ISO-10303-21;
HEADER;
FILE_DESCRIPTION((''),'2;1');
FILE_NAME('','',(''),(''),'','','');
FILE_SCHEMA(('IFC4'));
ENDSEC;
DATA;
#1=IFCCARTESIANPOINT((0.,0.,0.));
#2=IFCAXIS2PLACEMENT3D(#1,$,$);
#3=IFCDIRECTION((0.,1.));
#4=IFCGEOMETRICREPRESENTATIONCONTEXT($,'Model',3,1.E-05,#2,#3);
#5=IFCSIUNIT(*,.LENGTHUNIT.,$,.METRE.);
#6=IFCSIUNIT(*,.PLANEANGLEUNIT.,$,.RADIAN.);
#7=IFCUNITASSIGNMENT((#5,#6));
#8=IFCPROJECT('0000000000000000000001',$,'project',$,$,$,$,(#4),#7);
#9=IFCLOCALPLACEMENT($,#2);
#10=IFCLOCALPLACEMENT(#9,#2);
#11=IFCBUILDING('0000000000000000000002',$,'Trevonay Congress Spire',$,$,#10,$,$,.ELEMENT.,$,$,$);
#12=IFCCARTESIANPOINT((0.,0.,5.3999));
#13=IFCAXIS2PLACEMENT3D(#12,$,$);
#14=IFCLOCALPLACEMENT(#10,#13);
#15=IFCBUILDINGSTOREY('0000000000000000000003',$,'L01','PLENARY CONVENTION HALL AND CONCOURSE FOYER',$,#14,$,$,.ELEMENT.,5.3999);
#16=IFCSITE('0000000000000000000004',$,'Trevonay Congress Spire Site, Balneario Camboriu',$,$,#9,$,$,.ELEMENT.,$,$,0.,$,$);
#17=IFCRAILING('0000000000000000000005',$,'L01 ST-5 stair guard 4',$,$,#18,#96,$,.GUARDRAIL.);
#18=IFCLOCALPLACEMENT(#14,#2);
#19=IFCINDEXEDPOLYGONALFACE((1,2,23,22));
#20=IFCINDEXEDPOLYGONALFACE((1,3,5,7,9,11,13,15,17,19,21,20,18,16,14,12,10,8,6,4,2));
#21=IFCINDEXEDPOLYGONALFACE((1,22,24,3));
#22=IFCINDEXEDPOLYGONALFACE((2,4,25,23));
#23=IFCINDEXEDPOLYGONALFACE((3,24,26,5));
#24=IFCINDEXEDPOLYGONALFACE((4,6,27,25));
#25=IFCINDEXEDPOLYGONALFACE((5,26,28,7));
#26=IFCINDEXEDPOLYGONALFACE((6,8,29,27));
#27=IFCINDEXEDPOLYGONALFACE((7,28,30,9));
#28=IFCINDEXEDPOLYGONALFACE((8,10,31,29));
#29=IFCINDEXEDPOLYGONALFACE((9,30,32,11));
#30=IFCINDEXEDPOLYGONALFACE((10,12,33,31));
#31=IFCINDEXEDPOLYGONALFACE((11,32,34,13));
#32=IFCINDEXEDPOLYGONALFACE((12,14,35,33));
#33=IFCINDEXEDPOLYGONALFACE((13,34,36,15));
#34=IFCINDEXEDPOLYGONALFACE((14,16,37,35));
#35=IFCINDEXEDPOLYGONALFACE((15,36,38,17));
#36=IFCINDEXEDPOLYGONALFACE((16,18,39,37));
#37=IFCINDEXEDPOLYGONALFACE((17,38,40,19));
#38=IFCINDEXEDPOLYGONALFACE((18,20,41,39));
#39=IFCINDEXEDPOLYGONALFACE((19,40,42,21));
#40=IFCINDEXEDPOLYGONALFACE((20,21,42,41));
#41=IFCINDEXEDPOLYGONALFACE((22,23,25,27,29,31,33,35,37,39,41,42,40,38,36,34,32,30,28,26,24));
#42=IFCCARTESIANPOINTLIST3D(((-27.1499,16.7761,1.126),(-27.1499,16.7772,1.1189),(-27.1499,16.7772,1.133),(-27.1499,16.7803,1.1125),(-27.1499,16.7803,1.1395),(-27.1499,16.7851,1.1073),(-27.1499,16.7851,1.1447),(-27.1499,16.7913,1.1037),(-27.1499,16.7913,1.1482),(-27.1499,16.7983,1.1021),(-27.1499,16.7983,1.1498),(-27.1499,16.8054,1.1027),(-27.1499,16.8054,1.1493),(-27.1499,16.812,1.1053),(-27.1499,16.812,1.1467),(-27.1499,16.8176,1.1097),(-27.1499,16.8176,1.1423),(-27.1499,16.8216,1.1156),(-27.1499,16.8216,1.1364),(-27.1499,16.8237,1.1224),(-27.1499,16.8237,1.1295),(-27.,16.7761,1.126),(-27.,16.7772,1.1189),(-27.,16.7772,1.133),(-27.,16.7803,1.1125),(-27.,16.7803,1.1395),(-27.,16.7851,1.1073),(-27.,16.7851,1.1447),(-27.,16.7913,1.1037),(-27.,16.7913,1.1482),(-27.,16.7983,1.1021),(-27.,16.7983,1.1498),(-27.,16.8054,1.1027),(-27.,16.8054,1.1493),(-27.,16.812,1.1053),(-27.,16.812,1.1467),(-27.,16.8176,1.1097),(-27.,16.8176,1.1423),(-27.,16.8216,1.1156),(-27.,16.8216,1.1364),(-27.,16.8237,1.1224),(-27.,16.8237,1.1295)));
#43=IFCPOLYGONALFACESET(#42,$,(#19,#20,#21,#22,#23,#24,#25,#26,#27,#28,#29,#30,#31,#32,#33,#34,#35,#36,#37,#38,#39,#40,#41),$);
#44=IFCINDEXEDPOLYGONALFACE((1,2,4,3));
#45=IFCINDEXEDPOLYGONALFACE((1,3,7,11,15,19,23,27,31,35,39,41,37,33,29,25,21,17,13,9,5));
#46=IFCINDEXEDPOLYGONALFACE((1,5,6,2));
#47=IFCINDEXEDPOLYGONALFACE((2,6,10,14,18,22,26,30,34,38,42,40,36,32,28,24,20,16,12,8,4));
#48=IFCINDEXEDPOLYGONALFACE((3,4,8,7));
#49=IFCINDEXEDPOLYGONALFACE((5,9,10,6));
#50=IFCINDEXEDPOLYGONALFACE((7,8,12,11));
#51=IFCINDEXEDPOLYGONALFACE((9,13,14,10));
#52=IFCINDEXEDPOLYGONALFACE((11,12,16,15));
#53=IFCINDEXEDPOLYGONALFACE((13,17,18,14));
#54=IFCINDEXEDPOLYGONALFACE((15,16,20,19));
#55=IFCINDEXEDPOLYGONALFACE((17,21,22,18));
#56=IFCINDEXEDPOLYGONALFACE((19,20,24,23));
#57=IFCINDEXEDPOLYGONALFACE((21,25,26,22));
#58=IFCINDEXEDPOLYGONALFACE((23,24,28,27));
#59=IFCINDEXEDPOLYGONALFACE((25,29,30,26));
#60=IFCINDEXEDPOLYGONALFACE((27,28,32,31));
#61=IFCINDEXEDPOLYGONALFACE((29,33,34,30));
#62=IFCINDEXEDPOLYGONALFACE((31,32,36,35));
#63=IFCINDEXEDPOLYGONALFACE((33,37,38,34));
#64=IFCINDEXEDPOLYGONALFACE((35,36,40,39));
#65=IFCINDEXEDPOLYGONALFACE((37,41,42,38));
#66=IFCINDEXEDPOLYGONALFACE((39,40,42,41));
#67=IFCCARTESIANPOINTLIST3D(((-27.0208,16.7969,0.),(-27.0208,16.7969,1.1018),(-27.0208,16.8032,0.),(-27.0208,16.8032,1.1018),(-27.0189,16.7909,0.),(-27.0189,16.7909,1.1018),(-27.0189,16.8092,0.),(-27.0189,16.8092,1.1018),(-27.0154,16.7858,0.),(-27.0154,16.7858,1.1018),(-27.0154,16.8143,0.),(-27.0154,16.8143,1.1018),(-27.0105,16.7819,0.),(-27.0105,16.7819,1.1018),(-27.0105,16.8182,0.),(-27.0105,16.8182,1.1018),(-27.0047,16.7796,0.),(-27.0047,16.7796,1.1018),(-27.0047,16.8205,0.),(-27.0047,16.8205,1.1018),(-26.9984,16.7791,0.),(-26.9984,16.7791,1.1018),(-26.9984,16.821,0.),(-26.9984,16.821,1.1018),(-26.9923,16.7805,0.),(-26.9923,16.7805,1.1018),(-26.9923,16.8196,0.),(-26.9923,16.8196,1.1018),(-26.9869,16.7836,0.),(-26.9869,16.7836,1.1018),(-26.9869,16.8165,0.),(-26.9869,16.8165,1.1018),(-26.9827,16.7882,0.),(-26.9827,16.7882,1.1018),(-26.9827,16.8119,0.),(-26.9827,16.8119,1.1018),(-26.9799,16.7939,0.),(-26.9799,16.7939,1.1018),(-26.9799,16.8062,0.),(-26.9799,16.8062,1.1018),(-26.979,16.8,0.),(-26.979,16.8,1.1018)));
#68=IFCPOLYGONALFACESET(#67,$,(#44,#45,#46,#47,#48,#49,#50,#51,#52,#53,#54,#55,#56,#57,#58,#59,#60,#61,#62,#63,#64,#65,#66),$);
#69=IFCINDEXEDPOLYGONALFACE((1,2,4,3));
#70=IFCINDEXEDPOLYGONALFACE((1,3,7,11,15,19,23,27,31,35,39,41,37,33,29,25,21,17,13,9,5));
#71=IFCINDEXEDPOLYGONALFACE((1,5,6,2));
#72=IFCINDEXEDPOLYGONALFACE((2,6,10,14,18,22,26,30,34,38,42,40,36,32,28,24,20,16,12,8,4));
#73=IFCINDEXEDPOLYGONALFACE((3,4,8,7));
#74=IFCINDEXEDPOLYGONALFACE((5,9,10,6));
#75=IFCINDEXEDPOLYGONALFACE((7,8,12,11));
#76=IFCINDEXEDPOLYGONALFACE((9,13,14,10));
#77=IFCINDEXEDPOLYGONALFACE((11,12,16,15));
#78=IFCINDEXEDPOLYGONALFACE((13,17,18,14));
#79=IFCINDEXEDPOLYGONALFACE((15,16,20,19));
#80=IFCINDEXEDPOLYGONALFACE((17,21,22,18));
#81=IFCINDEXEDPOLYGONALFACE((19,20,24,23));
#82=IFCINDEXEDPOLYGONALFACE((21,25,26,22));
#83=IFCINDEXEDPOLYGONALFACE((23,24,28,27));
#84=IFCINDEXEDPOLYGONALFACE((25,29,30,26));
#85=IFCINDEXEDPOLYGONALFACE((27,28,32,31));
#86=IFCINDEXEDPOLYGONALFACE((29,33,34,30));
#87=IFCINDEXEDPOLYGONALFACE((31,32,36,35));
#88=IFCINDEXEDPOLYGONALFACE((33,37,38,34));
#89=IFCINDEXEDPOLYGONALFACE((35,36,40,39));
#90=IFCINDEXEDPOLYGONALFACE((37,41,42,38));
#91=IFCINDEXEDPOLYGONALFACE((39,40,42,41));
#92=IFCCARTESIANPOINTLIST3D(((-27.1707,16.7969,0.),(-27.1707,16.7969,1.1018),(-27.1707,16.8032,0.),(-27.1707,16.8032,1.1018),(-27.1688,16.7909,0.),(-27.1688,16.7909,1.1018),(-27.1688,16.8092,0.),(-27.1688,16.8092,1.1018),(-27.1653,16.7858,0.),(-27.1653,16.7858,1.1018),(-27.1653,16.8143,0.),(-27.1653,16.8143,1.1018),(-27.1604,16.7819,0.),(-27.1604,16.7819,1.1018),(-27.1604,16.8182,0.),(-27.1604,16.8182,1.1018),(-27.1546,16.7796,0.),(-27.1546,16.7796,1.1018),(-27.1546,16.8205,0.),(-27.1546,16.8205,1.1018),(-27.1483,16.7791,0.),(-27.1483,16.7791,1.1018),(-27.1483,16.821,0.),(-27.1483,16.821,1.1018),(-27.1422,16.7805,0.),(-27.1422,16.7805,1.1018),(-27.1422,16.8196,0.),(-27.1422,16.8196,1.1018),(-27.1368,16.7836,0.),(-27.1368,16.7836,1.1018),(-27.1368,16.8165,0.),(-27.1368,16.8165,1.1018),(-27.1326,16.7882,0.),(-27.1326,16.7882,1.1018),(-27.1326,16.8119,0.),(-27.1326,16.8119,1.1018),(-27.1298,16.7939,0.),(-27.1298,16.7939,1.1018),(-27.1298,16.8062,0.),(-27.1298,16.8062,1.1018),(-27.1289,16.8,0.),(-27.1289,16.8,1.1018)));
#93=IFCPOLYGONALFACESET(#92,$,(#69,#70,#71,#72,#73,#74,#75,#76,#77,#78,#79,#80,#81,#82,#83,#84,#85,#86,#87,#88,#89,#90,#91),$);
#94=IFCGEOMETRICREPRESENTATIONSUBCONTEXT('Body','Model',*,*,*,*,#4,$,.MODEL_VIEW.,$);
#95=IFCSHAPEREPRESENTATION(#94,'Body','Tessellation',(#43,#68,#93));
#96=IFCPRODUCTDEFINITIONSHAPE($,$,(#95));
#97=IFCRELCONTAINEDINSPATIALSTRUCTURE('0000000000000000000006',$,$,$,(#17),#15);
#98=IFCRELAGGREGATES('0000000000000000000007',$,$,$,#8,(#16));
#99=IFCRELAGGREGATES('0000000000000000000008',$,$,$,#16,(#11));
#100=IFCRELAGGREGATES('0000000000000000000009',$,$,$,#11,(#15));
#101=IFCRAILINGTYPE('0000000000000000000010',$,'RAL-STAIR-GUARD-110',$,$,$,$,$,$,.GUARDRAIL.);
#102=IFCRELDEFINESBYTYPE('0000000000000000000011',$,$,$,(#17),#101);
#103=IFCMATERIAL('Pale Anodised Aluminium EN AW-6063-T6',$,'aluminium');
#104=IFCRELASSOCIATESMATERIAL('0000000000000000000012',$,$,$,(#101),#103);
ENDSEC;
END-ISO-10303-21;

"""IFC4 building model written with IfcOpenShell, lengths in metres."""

from ifc_helpers import new_model, si_unit, direction, frame, origin, origin_2d, place, context, subcontext, project, spatial, circle, extrude, material, type_object, element, save


model = new_model("IFC4")

# Units and contexts
model_context = context("Model", 3, precision=1e-05, world=origin(), true_north=direction((0.0, 1.0)))
body_context = subcontext(model_context, "Body", "Model", "MODEL_VIEW")
ifc_project = project(units=[si_unit("LENGTHUNIT", "METRE"), si_unit("PLANEANGLEUNIT", "RADIAN")], contexts=[model_context])

# Site, building, storey
site_placement = place(None, origin())
site = spatial("IfcSite", under=ifc_project, at=site_placement, Name="Trevonay Congress Spire Site, Balneario Camboriu", CompositionType="ELEMENT", RefElevation=0.0)
building_placement = place(site_placement, origin())
building = spatial("IfcBuilding", under=site, at=building_placement, Name="Trevonay Congress Spire", CompositionType="ELEMENT")
storey_placement = place(building_placement, frame((0.0, 0.0, 5.3999)))
storey = spatial("IfcBuildingStorey", under=building, at=storey_placement, Name="L01", Description="PLENARY CONVENTION HALL AND CONCOURSE FOYER", CompositionType="ELEMENT", Elevation=5.3999)

# Shared definitions
ifc_material_1 = material(Name="Pale Anodised Aluminium EN AW-6063-T6", Category="aluminium")

# Railing
railing_type_1 = type_object("IfcRailingType", Name="RAL-STAIR-GUARD-110", PredefinedType="GUARDRAIL", material=ifc_material_1)
railing_1_placement = place(storey_placement, frame((-27.0, 16.8, 0.0)))
element("IfcRailing", 1, at=railing_1_placement, inside=storey, type_object=railing_type_1, Name="L01 ST-5 stair guard 4", PredefinedType="GUARDRAIL", context=body_context, shape_type="SweptSolid", body=[
    extrude(circle(Radius=0.0239, at=origin_2d()), frame((0.0, 0.0, 1.126), z_axis=(-1.0, 0.0, 0.0), x_axis=(0.0, -1.0, 0.0)), (0.0, 0.0, 1.0), 0.1499),
    extrude(circle(Radius=0.021, at=origin_2d()), origin(), (0.0, 0.0, 1.0), 1.1018),
    extrude(circle(Radius=0.021, at=origin_2d()), frame((-0.1499, 0.0, 0.0)), (0.0, 0.0, 1.0), 1.1018),
])

save(model, "model.ifc")
